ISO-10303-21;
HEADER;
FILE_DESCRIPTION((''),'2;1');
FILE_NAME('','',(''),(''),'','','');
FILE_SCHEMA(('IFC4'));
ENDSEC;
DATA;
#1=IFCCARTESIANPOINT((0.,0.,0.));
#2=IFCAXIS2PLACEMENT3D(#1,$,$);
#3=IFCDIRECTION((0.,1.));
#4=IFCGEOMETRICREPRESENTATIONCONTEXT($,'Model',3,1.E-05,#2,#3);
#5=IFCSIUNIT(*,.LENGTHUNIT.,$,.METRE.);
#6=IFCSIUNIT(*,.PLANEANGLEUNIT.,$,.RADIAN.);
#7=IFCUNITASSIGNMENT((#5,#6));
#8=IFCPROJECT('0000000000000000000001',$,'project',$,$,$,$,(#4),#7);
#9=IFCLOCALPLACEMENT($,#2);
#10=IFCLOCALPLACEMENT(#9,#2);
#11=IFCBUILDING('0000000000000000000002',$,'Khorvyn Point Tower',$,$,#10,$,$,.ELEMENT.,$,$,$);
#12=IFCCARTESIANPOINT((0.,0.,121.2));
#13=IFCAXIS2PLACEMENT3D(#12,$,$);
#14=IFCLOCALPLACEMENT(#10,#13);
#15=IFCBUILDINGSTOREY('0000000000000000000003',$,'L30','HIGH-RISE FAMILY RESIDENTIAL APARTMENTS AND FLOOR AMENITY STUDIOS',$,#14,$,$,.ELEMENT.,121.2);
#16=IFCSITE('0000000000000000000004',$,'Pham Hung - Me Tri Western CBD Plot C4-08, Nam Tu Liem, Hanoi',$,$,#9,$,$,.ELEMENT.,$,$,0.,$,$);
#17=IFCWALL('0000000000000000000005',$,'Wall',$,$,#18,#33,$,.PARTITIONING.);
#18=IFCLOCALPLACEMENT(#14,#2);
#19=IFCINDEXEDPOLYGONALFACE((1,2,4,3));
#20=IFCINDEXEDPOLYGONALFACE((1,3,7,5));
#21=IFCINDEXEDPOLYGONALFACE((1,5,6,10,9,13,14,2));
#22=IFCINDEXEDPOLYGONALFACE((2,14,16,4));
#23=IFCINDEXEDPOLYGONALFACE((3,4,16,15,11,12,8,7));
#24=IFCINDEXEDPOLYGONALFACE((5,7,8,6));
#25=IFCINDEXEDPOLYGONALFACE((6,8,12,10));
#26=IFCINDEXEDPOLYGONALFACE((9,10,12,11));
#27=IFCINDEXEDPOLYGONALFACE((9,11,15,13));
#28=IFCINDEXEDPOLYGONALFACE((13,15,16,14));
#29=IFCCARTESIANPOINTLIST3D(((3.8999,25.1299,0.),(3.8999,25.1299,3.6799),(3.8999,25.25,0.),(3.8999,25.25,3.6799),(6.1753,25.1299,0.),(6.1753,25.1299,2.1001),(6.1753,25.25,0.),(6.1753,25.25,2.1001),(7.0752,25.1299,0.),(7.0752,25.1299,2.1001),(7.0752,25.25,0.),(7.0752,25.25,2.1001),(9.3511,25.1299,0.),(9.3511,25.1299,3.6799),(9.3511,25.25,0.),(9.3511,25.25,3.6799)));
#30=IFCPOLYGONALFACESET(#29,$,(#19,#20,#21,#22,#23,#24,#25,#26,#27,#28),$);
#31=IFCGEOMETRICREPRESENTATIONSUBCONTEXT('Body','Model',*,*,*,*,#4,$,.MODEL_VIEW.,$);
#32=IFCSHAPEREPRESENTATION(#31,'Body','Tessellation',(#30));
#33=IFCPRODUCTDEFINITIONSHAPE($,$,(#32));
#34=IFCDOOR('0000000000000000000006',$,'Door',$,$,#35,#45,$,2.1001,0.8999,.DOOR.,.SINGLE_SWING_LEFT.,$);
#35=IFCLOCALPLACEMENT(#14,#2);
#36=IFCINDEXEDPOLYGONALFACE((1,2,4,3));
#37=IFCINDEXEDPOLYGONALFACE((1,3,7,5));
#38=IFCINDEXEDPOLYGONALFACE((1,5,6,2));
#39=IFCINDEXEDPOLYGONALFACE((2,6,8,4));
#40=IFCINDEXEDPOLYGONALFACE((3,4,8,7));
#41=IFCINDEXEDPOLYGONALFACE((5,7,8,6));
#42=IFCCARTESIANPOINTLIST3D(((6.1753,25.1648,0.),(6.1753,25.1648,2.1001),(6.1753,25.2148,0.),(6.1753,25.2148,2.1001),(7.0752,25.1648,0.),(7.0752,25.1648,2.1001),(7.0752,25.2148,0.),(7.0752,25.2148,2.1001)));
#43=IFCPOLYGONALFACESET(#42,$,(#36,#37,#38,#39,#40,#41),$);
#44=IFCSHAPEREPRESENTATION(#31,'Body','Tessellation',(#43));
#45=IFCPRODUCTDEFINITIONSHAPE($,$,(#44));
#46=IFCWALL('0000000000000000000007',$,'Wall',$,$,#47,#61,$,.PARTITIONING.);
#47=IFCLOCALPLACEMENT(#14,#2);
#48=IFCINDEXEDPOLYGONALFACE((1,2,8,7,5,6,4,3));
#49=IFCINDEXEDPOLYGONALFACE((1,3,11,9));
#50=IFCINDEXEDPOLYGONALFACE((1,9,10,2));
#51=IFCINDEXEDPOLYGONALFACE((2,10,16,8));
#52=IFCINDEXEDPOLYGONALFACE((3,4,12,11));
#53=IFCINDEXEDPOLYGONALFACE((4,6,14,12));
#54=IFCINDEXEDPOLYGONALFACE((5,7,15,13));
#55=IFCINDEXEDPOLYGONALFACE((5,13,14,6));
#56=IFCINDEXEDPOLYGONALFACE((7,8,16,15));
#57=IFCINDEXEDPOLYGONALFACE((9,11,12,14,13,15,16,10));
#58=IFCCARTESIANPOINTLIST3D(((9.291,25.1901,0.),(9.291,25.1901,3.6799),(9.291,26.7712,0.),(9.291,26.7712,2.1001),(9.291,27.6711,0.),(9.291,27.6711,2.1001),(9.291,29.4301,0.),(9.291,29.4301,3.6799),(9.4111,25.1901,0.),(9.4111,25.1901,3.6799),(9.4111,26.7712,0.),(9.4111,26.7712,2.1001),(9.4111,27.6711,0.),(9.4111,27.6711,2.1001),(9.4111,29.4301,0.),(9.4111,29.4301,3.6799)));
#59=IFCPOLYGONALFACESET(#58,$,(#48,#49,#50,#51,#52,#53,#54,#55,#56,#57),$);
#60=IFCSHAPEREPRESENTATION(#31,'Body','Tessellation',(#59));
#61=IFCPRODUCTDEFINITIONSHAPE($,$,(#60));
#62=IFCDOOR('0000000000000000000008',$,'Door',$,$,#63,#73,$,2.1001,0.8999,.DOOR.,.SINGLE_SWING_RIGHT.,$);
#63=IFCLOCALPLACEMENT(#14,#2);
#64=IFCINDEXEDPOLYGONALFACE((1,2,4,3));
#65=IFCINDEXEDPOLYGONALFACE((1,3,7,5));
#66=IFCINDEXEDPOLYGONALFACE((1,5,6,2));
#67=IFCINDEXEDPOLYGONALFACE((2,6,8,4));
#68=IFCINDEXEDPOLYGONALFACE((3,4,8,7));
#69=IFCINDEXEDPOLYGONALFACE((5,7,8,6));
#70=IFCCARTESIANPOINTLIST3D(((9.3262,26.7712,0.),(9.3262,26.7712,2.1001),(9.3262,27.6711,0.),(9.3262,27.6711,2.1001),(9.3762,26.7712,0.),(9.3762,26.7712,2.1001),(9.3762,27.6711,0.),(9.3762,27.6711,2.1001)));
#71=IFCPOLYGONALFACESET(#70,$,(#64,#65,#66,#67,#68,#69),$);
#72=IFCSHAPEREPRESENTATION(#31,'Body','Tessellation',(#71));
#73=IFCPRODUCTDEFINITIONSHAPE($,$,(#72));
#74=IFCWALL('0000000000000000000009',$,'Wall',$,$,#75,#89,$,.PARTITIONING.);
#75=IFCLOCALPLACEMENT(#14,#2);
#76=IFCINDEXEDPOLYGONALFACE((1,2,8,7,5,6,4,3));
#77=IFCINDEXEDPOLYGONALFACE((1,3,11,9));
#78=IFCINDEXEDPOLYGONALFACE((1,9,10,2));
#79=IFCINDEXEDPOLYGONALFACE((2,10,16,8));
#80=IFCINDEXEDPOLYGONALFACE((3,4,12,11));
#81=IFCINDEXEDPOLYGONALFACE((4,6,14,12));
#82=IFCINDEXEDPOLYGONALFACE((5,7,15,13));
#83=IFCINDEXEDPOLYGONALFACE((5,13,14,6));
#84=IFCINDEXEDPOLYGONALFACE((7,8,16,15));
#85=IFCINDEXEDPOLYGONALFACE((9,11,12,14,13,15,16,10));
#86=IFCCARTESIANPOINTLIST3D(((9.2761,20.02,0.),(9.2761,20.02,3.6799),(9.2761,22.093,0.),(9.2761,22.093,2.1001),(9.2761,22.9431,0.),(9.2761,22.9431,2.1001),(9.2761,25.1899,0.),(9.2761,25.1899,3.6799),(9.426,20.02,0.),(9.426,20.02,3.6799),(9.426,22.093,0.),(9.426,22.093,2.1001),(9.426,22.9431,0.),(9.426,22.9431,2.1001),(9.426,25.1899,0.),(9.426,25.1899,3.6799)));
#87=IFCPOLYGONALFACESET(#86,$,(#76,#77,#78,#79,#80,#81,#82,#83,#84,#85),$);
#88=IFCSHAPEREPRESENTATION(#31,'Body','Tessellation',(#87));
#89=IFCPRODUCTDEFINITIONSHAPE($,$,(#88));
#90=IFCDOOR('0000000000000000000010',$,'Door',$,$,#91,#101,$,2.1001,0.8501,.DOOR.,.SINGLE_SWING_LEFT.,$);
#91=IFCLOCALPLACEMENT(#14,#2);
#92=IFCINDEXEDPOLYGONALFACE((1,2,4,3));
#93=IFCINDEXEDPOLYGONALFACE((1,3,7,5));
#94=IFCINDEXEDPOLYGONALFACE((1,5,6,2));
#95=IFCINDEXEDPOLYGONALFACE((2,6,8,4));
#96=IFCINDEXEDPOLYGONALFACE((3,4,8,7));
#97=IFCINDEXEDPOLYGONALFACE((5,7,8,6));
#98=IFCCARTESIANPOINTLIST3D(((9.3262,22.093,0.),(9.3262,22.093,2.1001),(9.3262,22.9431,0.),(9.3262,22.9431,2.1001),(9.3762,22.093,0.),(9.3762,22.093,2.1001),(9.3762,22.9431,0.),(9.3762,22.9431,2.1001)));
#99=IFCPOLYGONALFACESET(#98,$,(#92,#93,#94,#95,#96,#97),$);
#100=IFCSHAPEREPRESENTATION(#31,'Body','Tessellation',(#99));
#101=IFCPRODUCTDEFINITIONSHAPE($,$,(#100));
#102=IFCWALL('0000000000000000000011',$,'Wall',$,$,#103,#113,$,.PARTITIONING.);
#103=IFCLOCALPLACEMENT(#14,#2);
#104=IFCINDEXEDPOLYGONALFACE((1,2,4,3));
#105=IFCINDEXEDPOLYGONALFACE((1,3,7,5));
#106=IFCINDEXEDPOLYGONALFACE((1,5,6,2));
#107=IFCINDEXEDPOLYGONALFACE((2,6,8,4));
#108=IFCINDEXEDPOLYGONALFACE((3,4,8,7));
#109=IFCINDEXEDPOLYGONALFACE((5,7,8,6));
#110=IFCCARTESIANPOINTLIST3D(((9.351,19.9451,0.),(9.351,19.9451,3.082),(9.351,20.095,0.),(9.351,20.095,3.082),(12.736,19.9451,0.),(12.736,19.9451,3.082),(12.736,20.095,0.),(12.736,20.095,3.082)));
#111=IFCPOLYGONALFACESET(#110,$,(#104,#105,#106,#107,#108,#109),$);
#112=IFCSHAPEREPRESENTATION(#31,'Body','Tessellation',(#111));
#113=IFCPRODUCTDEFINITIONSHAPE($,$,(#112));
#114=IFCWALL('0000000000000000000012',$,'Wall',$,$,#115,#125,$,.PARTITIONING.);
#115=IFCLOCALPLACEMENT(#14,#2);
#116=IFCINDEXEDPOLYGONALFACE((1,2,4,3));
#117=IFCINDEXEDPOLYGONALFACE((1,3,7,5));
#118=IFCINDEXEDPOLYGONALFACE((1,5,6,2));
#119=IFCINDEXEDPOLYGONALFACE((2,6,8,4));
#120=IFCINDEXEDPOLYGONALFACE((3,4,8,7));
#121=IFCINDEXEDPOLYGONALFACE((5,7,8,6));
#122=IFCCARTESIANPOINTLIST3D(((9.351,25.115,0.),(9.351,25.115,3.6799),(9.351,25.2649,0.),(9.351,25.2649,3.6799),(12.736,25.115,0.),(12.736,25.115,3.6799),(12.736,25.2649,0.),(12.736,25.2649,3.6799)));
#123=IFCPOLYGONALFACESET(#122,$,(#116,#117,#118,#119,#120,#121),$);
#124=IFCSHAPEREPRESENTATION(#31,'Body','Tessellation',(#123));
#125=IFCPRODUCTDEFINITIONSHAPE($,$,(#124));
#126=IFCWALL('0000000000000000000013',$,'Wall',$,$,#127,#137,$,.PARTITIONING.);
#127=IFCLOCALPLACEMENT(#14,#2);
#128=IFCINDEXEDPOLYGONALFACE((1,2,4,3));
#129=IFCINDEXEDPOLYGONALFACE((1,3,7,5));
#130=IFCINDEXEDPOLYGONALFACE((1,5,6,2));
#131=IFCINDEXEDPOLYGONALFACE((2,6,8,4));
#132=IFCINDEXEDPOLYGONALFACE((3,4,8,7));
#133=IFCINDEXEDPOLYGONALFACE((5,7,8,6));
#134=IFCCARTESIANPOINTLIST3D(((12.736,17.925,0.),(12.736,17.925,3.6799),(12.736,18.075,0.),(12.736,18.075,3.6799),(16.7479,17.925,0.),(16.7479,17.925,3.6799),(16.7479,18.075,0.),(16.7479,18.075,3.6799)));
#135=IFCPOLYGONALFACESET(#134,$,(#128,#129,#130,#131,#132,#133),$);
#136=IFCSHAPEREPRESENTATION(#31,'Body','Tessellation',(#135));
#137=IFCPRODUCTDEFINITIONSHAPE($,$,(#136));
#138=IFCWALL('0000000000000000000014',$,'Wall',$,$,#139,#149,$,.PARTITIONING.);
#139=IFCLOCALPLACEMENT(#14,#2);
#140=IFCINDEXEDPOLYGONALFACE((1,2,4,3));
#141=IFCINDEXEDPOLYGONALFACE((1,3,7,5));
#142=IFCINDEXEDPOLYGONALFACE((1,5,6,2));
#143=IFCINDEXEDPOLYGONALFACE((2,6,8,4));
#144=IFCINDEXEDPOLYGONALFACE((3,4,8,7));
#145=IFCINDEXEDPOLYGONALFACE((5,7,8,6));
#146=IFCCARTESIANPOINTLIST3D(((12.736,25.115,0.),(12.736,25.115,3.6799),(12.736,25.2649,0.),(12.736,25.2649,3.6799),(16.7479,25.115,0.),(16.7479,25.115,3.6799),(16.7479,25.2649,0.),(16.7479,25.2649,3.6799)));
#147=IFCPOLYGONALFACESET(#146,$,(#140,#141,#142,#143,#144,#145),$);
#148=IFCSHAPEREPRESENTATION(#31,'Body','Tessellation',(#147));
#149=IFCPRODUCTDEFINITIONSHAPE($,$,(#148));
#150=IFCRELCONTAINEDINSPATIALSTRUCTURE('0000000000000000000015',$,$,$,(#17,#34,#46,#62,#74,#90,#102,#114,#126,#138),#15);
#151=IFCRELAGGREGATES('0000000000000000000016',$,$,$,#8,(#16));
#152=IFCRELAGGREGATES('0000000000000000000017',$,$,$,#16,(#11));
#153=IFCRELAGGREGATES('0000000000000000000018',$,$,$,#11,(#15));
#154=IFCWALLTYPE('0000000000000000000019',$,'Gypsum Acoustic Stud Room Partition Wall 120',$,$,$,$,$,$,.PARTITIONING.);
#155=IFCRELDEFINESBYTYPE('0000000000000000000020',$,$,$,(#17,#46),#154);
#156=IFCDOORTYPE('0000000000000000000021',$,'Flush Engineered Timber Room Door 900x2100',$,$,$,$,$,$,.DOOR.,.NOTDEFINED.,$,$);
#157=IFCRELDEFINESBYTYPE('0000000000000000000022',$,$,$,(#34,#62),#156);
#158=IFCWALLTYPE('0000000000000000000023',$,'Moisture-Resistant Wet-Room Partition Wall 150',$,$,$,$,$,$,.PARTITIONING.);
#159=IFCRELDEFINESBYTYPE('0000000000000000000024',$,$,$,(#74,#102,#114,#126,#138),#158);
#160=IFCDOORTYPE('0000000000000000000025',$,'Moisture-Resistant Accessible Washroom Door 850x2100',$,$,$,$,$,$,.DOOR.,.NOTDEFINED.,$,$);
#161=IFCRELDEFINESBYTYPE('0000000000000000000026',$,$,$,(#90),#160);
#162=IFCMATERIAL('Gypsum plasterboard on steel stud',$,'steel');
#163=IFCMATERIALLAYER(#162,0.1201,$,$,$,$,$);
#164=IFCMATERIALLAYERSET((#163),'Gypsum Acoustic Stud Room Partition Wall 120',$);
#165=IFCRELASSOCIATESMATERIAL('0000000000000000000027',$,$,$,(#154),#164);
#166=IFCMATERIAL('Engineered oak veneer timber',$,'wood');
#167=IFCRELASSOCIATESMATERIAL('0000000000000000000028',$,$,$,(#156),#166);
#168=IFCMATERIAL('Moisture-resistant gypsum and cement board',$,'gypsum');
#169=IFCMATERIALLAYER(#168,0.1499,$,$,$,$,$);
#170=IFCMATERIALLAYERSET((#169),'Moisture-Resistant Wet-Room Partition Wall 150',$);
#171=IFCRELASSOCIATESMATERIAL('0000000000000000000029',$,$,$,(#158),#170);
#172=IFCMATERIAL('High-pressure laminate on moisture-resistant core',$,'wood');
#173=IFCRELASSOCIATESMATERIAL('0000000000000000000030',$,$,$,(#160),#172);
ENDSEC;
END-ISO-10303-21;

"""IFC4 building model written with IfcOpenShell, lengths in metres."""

from ifc_helpers import new_model, si_unit, direction, frame, frame_2d, origin, place, context, subcontext, project, spatial, rectangle, extrude, material, layer, layer_set, type_object, element, fill, save


model = new_model("IFC4")

# Units and contexts
model_context = context("Model", 3, precision=1e-05, world=origin(), true_north=direction((0.0, 1.0)))
body_context = subcontext(model_context, "Body", "Model", "MODEL_VIEW")
ifc_project = project(units=[si_unit("LENGTHUNIT", "METRE"), si_unit("PLANEANGLEUNIT", "RADIAN")], contexts=[model_context])

# Site, building, storey
site_placement = place(None, origin())
site = spatial("IfcSite", under=ifc_project, at=site_placement, Name="Pham Hung - Me Tri Western CBD Plot C4-08, Nam Tu Liem, Hanoi", CompositionType="ELEMENT", RefElevation=0.0)
building_placement = place(site_placement, origin())
building = spatial("IfcBuilding", under=site, at=building_placement, Name="Khorvyn Point Tower", CompositionType="ELEMENT")
storey_placement = place(building_placement, frame((0.0, 0.0, 121.2)))
storey = spatial("IfcBuildingStorey", under=building, at=storey_placement, Name="L30", Description="HIGH-RISE FAMILY RESIDENTIAL APARTMENTS AND FLOOR AMENITY STUDIOS", CompositionType="ELEMENT", Elevation=121.2)

# Walls, openings, doors
ifc_material_1 = material(Name="Gypsum plasterboard on steel stud", Category="steel")
ifc_layer_1 = layer(ifc_material_1, 0.1201)
ifc_layer_set_1 = layer_set([ifc_layer_1], Name="Gypsum Acoustic Stud Room Partition Wall 120")
wall_type_1 = type_object("IfcWallType", Name="Gypsum Acoustic Stud Room Partition Wall 120", PredefinedType="PARTITIONING", material=ifc_layer_set_1)
wall_1_placement = place(storey_placement, frame((3.8999, 25.1899, 0.0), z_axis=(0.0, 0.0, 1.0), x_axis=(1.0, 0.0, 0.0)))
wall_1 = element("IfcWall", 1, at=wall_1_placement, inside=storey, type_object=wall_type_1, Name="Wall", PredefinedType="PARTITIONING", context=body_context, shape_type="SweptSolid", body=[
    extrude(rectangle(XDim=5.4512, YDim=0.1201, at=frame_2d((2.7256, 0.0))), origin(), (0.0, 0.0, 1.0), 3.6799),
])
opening_1_placement = place(wall_1_placement, frame((2.2754, 0.0, 0.0)))
opening_1 = element("IfcOpeningElement", 2, at=opening_1_placement, cuts=wall_1, PredefinedType="OPENING", context=body_context, shape_type="SweptSolid", body=[
    extrude(rectangle(XDim=0.8999, YDim=2.1001, at=frame_2d((0.45, 1.05))), frame((0.0, 0.0701, 0.0), z_axis=(0.0, -1.0, 0.0), x_axis=(1.0, 0.0, 0.0)), (0.0, 0.0, 1.0), 0.1401),
])
ifc_material_2 = material(Name="Engineered oak veneer timber", Category="wood")
door_type_1 = type_object("IfcDoorType", Name="Flush Engineered Timber Room Door 900x2100", OperationType="NOTDEFINED", PredefinedType="DOOR", material=ifc_material_2)
door_1_placement = place(opening_1_placement, origin())
door_1 = element("IfcDoor", 3, at=door_1_placement, inside=storey, type_object=door_type_1, Name="Door", OperationType="SINGLE_SWING_LEFT", OverallHeight=2.1001, OverallWidth=0.8999, PredefinedType="DOOR", context=body_context, shape_type="SweptSolid", body=[
    extrude(rectangle(XDim=0.8999, YDim=2.1001, at=frame_2d((0.45, 1.05))), frame((0.0, 0.0249, 0.0), z_axis=(0.0, -1.0, 0.0), x_axis=(1.0, 0.0, 0.0)), (0.0, 0.0, 1.0), 0.05),
])
fill(opening_1, door_1)
wall_2_placement = place(storey_placement, frame((9.3511, 25.1899, 0.0), z_axis=(0.0, 0.0, 1.0), x_axis=(0.0, 1.0, 0.0)))
wall_2 = element("IfcWall", 4, at=wall_2_placement, inside=storey, type_object=wall_type_1, Name="Wall", PredefinedType="PARTITIONING", context=body_context, shape_type="SweptSolid", body=[
    extrude(rectangle(XDim=4.24, YDim=0.1201, at=frame_2d((2.1201, 0.0))), origin(), (0.0, 0.0, 1.0), 3.6799),
])
opening_2_placement = place(wall_2_placement, frame((1.5813, 0.0, 0.0)))
opening_2 = element("IfcOpeningElement", 5, at=opening_2_placement, cuts=wall_2, PredefinedType="OPENING", context=body_context, shape_type="SweptSolid", body=[
    extrude(rectangle(XDim=0.8999, YDim=2.1001, at=frame_2d((0.45, 1.05))), frame((0.0, 0.0701, 0.0), z_axis=(0.0, -1.0, 0.0), x_axis=(1.0, 0.0, 0.0)), (0.0, 0.0, 1.0), 0.1401),
])
door_2_placement = place(opening_2_placement, origin())
door_2 = element("IfcDoor", 6, at=door_2_placement, inside=storey, type_object=door_type_1, Name="Door", OperationType="SINGLE_SWING_RIGHT", OverallHeight=2.1001, OverallWidth=0.8999, PredefinedType="DOOR", context=body_context, shape_type="SweptSolid", body=[
    extrude(rectangle(XDim=0.8999, YDim=2.1001, at=frame_2d((0.45, 1.05))), frame((0.0, 0.0249, 0.0), z_axis=(0.0, -1.0, 0.0), x_axis=(1.0, 0.0, 0.0)), (0.0, 0.0, 1.0), 0.05),
])
fill(opening_2, door_2)
ifc_material_3 = material(Name="Moisture-resistant gypsum and cement board", Category="gypsum")
ifc_layer_2 = layer(ifc_material_3, 0.1499)
ifc_layer_set_2 = layer_set([ifc_layer_2], Name="Moisture-Resistant Wet-Room Partition Wall 150")
wall_type_2 = type_object("IfcWallType", Name="Moisture-Resistant Wet-Room Partition Wall 150", PredefinedType="PARTITIONING", material=ifc_layer_set_2)
wall_3_placement = place(storey_placement, frame((9.3511, 20.02, 0.0), z_axis=(0.0, 0.0, 1.0), x_axis=(0.0, 1.0, 0.0)))
wall_3 = element("IfcWall", 7, at=wall_3_placement, inside=storey, type_object=wall_type_2, Name="Wall", PredefinedType="PARTITIONING", context=body_context, shape_type="SweptSolid", body=[
    extrude(rectangle(XDim=5.1699, YDim=0.1499, at=frame_2d((2.585, 0.0))), origin(), (0.0, 0.0, 1.0), 3.6799),
])
opening_3_placement = place(wall_3_placement, frame((2.073, 0.0, 0.0)))
opening_3 = element("IfcOpeningElement", 8, at=opening_3_placement, cuts=wall_3, PredefinedType="OPENING", context=body_context, shape_type="SweptSolid", body=[
    extrude(rectangle(XDim=0.8501, YDim=2.1001, at=frame_2d((0.425, 1.05))), frame((0.0, 0.085, 0.0), z_axis=(0.0, -1.0, 0.0), x_axis=(1.0, 0.0, 0.0)), (0.0, 0.0, 1.0), 0.1699),
])
ifc_material_4 = material(Name="High-pressure laminate on moisture-resistant core", Category="wood")
door_type_2 = type_object("IfcDoorType", Name="Moisture-Resistant Accessible Washroom Door 850x2100", OperationType="NOTDEFINED", PredefinedType="DOOR", material=ifc_material_4)
door_3_placement = place(opening_3_placement, origin())
door_3 = element("IfcDoor", 9, at=door_3_placement, inside=storey, type_object=door_type_2, Name="Door", OperationType="SINGLE_SWING_LEFT", OverallHeight=2.1001, OverallWidth=0.8501, PredefinedType="DOOR", context=body_context, shape_type="SweptSolid", body=[
    extrude(rectangle(XDim=0.8501, YDim=2.1001, at=frame_2d((0.425, 1.05))), frame((0.0, 0.0249, 0.0), z_axis=(0.0, -1.0, 0.0), x_axis=(1.0, 0.0, 0.0)), (0.0, 0.0, 1.0), 0.05),
])
fill(opening_3, door_3)

# Walls
wall_4_placement = place(storey_placement, frame((9.3511, 20.02, 0.0), z_axis=(0.0, 0.0, 1.0), x_axis=(1.0, 0.0, 0.0)))
element("IfcWall", 10, at=wall_4_placement, inside=storey, type_object=wall_type_2, Name="Wall", PredefinedType="PARTITIONING", context=body_context, shape_type="SweptSolid", body=[
    extrude(rectangle(XDim=3.385, YDim=0.1499, at=frame_2d((1.6924, 0.0))), origin(), (0.0, 0.0, 1.0), 3.082),
])
wall_5_placement = place(storey_placement, frame((9.3511, 25.1899, 0.0), z_axis=(0.0, 0.0, 1.0), x_axis=(1.0, 0.0, 0.0)))
element("IfcWall", 11, at=wall_5_placement, inside=storey, type_object=wall_type_2, Name="Wall", PredefinedType="PARTITIONING", context=body_context, shape_type="SweptSolid", body=[
    extrude(rectangle(XDim=3.385, YDim=0.1499, at=frame_2d((1.6924, 0.0))), origin(), (0.0, 0.0, 1.0), 3.6799),
])
for number, where, z_axis, x_axis, name in (
    (12, (12.7361, 18.0, 0.0), (0.0, 0.0, 1.0), (1.0, 0.0, 0.0), "Wall"),
    (13, (12.7361, 25.1899, 0.0), (0.0, 0.0, 1.0), (1.0, 0.0, 0.0), "Wall"),
):
    element("IfcWall", number, at=place(storey_placement, frame(where, z_axis=z_axis, x_axis=x_axis)), inside=storey, type_object=wall_type_2, Name=name, PredefinedType="PARTITIONING", context=body_context, shape_type="SweptSolid", body=[
        extrude(rectangle(XDim=4.012, YDim=0.1499, at=frame_2d((2.0059, 0.0))), origin(), (0.0, 0.0, 1.0), 3.6799),
    ])

save(model, "model.ifc")
